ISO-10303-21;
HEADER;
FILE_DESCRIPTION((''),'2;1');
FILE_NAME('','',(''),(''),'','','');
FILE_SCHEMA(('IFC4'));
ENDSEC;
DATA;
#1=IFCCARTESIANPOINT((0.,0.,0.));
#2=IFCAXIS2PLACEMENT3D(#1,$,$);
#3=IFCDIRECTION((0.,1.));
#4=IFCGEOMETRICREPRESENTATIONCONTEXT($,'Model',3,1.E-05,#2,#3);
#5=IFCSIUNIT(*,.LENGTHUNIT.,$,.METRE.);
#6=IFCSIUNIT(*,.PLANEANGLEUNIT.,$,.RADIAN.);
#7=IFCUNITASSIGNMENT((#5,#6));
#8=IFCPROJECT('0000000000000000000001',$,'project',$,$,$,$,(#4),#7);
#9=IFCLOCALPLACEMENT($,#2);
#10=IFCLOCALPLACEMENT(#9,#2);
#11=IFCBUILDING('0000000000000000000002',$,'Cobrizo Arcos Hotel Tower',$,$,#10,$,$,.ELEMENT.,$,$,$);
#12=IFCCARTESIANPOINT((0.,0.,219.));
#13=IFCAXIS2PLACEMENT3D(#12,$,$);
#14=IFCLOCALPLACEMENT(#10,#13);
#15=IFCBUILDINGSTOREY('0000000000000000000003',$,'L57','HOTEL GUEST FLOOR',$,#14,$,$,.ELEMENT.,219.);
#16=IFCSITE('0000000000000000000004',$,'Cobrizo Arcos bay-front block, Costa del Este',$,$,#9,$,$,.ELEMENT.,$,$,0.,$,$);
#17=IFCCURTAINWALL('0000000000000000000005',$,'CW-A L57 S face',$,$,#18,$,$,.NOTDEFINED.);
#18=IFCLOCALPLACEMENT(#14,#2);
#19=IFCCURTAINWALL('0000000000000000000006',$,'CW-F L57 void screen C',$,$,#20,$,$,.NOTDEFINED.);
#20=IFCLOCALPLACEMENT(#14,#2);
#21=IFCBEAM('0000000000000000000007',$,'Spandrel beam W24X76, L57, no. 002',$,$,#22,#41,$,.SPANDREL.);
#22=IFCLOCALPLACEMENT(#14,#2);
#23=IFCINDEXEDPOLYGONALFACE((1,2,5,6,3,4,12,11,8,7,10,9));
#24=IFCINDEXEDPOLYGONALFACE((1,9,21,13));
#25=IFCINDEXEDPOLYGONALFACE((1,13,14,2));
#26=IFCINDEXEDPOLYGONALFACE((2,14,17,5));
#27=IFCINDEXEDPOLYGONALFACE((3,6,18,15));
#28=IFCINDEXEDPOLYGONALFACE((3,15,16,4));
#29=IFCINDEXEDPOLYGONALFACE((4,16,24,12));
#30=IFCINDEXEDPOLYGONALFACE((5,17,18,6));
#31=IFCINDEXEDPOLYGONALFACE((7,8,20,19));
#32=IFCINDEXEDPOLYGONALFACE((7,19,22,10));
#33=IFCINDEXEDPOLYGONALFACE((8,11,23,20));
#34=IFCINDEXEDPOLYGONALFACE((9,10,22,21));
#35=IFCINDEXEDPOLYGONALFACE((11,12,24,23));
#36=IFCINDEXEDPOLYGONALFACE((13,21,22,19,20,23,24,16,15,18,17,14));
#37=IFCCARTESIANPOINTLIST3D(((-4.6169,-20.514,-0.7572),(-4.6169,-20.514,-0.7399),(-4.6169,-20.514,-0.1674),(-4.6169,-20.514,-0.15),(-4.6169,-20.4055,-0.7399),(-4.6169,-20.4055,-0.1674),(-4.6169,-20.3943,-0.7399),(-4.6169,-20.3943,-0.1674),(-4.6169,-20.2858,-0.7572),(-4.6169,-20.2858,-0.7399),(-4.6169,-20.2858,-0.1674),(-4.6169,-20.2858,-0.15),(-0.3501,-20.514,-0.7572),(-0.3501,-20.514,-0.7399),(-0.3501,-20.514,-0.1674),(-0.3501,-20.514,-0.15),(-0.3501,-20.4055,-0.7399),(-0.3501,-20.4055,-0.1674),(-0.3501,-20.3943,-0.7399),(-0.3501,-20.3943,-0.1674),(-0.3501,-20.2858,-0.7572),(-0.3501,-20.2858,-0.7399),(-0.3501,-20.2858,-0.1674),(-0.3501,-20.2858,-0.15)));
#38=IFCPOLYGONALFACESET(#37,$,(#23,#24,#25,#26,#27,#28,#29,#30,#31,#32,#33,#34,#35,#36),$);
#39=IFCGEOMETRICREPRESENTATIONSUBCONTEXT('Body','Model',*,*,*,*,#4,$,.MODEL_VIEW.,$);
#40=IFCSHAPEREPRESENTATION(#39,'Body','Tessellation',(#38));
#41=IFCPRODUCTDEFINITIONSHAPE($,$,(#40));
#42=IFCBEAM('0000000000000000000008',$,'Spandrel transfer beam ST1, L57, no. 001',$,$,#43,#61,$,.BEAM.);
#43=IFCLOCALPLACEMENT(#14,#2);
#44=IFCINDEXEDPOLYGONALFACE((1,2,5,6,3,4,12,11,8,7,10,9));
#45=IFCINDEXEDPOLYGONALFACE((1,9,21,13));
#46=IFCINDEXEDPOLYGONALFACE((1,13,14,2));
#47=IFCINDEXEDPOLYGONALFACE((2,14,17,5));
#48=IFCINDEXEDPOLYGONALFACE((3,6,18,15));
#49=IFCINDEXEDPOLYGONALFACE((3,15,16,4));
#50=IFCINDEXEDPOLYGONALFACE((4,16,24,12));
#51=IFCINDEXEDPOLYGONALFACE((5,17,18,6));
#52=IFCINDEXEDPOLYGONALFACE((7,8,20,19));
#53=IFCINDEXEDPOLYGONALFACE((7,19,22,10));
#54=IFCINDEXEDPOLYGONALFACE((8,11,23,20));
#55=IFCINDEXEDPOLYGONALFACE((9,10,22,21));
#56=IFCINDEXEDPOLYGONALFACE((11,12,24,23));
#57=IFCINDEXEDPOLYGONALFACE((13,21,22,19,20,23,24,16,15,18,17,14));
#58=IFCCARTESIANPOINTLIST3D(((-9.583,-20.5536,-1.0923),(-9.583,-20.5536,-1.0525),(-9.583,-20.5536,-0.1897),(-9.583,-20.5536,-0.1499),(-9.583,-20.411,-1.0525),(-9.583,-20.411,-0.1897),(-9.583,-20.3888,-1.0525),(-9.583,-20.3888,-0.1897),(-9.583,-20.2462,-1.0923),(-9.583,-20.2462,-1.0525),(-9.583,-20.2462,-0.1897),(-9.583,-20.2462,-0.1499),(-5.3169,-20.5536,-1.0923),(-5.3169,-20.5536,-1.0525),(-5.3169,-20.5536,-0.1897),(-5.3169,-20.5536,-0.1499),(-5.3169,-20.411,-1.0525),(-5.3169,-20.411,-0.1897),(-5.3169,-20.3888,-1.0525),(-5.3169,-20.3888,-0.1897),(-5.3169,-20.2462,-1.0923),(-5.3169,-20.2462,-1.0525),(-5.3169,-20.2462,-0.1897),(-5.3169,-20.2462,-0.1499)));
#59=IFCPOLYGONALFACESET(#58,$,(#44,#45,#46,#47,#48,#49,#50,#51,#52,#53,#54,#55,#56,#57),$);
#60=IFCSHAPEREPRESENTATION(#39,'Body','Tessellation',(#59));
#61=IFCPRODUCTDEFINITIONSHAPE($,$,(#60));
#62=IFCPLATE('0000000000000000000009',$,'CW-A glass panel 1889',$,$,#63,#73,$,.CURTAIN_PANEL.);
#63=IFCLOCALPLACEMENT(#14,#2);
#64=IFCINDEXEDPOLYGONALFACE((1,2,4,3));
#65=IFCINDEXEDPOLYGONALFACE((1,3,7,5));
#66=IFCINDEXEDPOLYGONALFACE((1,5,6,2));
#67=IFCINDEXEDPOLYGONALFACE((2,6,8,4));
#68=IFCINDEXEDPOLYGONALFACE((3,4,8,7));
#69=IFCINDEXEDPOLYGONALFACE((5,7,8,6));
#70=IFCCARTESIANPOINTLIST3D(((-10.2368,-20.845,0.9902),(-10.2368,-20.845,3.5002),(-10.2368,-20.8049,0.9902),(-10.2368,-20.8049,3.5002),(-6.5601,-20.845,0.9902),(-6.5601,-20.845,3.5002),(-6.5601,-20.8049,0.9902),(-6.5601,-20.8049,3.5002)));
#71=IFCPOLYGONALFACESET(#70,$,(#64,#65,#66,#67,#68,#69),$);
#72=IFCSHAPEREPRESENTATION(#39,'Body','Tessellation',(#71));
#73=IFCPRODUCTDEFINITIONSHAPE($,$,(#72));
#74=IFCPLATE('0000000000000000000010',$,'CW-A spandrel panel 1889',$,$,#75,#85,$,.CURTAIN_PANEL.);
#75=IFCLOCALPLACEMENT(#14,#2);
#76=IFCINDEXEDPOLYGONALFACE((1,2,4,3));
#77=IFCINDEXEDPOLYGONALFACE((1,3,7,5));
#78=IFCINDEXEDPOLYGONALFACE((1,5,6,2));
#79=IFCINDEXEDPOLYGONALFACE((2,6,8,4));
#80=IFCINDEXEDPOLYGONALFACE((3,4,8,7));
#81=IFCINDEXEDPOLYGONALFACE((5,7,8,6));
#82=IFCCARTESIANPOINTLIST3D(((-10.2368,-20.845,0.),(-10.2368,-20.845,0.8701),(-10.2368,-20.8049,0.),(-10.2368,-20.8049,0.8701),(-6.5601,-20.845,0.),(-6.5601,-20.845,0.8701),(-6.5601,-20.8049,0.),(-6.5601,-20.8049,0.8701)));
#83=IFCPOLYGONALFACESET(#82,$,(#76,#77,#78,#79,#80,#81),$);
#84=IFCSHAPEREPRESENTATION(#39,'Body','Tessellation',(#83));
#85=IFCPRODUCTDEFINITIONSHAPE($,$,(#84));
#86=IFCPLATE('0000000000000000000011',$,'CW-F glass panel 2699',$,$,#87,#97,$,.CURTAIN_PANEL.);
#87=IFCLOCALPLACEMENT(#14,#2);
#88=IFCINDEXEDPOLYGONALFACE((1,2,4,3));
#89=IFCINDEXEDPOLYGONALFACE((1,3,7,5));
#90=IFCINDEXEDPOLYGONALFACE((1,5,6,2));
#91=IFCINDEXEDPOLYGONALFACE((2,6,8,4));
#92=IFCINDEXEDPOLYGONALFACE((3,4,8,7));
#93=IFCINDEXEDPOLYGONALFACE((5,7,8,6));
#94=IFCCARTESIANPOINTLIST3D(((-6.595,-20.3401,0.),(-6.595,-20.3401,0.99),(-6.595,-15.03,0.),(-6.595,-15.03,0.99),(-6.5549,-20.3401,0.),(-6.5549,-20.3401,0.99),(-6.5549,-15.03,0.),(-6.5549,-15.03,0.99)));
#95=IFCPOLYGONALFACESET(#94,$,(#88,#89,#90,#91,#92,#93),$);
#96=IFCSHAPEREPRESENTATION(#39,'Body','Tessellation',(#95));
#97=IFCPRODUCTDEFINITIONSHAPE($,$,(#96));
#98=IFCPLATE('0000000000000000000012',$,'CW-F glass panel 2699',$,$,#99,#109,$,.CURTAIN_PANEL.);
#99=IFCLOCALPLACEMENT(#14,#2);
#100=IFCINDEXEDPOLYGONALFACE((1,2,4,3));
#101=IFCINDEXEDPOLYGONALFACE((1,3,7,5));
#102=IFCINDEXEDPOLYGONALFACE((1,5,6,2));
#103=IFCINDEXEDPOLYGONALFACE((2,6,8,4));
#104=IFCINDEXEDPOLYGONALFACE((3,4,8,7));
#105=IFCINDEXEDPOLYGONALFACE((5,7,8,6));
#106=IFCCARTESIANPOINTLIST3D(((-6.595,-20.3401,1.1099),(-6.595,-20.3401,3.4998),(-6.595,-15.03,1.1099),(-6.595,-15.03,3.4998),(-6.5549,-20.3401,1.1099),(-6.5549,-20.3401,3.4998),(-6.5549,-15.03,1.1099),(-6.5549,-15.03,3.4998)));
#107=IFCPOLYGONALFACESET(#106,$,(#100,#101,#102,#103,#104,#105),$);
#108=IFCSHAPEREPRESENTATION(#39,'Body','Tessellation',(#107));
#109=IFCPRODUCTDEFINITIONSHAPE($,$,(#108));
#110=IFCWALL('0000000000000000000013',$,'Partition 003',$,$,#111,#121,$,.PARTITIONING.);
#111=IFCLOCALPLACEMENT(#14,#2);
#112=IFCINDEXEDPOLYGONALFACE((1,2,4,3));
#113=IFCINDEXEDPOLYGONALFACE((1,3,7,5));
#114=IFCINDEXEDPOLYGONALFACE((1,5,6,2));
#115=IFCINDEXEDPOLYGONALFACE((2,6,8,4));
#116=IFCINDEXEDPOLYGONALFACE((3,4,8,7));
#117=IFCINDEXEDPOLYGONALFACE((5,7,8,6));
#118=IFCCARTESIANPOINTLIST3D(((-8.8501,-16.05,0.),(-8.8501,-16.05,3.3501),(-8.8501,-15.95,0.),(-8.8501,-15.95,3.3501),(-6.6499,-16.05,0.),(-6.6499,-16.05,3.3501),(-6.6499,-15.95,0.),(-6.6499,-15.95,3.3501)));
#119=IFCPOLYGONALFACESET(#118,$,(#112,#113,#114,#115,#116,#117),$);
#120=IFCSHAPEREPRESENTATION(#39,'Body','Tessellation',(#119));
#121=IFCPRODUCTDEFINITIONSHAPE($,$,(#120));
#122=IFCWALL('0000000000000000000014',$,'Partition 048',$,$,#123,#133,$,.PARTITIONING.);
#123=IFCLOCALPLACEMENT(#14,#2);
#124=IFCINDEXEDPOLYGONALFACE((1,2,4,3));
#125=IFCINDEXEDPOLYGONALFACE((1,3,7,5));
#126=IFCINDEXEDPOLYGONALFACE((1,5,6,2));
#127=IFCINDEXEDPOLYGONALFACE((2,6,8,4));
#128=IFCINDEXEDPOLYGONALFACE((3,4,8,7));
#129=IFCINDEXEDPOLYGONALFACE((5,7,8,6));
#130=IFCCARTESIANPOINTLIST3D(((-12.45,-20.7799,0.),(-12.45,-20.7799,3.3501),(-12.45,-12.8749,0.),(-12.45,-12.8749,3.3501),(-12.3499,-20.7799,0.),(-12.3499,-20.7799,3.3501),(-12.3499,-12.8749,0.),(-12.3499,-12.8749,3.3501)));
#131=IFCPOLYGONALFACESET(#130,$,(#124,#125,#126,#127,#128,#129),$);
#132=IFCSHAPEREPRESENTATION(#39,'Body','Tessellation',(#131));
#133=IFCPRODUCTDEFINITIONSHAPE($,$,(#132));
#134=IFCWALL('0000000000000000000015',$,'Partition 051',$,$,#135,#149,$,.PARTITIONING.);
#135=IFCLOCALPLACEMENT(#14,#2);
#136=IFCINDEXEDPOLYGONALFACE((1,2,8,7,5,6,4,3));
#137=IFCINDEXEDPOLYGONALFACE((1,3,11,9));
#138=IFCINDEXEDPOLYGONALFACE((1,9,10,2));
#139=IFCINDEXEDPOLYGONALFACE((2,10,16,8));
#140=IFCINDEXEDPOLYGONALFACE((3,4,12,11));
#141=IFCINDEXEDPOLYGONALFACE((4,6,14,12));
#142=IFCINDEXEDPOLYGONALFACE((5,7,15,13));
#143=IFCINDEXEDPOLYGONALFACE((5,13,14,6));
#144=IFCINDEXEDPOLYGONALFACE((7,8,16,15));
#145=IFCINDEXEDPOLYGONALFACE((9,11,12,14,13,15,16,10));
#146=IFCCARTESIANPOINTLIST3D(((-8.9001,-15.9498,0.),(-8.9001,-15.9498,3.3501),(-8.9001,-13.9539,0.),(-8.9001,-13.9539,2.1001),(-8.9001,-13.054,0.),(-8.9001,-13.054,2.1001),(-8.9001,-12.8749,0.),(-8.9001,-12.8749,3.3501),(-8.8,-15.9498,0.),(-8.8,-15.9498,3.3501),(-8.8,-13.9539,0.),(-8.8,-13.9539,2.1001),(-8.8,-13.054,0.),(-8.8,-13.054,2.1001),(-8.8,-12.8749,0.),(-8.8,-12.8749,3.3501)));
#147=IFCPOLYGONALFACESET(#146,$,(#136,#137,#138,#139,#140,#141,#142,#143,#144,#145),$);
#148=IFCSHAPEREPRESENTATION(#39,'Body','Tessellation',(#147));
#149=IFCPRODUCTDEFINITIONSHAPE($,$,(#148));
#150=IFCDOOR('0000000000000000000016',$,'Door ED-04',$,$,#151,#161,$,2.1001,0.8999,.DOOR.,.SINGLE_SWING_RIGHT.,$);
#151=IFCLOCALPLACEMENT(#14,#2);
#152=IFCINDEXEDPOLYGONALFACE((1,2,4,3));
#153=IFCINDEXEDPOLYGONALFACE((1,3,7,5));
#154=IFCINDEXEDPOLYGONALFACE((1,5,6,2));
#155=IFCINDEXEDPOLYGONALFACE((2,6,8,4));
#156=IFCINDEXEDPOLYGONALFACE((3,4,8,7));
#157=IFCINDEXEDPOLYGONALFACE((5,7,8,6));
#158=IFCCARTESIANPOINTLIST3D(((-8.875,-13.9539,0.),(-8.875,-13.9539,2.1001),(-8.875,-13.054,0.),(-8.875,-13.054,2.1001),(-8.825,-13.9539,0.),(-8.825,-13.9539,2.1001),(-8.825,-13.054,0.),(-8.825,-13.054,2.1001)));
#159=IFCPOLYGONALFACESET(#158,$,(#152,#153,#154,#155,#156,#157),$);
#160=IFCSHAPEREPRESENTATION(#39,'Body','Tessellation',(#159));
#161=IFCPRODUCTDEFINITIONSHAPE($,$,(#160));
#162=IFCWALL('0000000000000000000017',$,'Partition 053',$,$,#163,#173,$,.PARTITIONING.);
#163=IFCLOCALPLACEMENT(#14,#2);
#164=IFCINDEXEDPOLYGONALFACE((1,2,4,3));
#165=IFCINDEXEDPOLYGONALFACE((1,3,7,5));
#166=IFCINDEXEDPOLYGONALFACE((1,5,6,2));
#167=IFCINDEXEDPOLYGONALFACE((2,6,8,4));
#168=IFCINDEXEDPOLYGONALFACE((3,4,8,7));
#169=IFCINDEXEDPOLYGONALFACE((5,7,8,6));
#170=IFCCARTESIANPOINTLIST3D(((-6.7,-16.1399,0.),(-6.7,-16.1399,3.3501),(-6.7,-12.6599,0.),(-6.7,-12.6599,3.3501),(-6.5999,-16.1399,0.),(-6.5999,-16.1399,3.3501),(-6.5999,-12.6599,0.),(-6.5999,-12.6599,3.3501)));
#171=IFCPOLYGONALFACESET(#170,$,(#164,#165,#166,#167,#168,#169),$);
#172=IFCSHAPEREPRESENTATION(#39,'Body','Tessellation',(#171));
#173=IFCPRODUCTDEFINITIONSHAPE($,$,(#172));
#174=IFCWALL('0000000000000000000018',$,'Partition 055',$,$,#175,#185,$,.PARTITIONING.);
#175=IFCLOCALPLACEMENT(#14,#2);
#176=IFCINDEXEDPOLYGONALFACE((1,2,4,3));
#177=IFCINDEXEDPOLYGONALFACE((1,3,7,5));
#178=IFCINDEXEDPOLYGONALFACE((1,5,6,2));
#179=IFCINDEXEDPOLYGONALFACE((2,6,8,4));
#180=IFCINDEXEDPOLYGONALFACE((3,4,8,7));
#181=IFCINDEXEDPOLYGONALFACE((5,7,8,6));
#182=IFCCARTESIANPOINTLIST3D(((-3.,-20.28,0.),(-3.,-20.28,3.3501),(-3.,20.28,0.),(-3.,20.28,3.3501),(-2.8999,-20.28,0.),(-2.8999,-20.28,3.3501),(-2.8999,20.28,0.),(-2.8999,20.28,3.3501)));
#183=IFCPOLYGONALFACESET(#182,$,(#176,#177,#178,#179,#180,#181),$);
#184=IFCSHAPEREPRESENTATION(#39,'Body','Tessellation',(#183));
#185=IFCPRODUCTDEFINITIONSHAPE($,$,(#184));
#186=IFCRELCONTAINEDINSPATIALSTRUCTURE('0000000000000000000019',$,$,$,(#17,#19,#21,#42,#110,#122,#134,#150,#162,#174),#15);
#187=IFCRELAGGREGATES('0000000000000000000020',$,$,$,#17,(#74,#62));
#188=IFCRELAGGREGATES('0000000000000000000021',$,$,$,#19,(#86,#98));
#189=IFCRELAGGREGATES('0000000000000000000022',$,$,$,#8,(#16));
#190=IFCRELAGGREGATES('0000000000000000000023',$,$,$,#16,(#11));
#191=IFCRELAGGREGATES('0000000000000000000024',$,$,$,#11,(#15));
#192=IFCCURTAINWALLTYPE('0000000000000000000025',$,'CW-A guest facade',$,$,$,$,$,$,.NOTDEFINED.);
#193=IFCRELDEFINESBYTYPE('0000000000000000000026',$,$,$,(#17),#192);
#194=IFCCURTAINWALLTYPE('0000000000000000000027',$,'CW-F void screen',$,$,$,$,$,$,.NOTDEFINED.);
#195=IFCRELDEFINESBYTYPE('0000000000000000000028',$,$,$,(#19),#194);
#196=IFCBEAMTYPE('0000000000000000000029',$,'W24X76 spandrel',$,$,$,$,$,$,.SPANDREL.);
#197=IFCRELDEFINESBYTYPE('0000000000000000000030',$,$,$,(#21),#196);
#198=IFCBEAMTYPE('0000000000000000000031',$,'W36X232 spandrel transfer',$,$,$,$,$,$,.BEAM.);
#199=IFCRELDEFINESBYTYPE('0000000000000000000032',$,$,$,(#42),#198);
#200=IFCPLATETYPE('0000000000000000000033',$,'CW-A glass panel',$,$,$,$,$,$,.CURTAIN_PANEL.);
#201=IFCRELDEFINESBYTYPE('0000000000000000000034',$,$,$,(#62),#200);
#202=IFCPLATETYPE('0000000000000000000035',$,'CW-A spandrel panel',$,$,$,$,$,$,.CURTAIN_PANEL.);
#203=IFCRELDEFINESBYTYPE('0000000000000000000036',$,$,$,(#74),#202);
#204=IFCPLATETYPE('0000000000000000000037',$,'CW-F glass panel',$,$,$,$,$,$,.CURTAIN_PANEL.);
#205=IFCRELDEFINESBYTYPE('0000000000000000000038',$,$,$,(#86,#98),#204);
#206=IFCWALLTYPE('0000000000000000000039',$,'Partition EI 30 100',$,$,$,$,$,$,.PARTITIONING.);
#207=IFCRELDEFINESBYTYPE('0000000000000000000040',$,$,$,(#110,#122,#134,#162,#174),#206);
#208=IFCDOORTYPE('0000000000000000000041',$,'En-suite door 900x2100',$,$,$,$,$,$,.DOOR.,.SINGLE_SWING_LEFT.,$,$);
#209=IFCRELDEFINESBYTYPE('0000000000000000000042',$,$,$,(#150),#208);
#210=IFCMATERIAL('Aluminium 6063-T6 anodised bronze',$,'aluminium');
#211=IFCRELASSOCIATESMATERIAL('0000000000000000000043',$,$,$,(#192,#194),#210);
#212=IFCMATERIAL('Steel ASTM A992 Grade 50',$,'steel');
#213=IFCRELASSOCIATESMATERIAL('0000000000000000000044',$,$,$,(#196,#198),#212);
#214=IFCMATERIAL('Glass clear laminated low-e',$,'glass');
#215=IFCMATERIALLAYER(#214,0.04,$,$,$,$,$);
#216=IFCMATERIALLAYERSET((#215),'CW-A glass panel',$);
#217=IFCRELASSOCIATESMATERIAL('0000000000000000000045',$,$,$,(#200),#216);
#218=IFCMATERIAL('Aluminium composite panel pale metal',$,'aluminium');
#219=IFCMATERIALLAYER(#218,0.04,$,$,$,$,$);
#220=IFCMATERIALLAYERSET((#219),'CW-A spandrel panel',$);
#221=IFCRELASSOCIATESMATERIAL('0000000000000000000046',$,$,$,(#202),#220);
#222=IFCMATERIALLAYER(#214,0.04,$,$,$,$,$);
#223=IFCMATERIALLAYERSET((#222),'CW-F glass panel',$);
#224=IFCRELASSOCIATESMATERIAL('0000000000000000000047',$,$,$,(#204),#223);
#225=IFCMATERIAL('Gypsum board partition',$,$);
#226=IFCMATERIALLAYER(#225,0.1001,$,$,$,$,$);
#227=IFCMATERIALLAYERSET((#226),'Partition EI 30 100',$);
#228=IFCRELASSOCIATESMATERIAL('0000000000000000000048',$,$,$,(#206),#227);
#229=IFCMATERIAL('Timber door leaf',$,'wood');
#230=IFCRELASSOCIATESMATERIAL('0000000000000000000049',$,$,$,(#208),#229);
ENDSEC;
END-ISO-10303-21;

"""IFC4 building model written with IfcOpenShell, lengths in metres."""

from ifc_helpers import new_model, si_unit, direction, frame, frame_2d, origin, origin_2d, place, context, subcontext, project, spatial, rectangle, i_section, extrude, material, layer, layer_set, material_profile, profile_set, type_object, element, fill, aggregate, save


model = new_model("IFC4")

# Units and contexts
model_context = context("Model", 3, precision=1e-05, world=origin(), true_north=direction((0.0, 1.0)))
body_context = subcontext(model_context, "Body", "Model", "MODEL_VIEW")
ifc_project = project(units=[si_unit("LENGTHUNIT", "METRE"), si_unit("PLANEANGLEUNIT", "RADIAN")], contexts=[model_context])

# Site, building, storey
site_placement = place(None, origin())
site = spatial("IfcSite", under=ifc_project, at=site_placement, Name="Cobrizo Arcos bay-front block, Costa del Este", CompositionType="ELEMENT", RefElevation=0.0)
building_placement = place(site_placement, origin())
building = spatial("IfcBuilding", under=site, at=building_placement, Name="Cobrizo Arcos Hotel Tower", CompositionType="ELEMENT")
storey_placement = place(building_placement, frame((0.0, 0.0, 219.0)))
storey = spatial("IfcBuildingStorey", under=building, at=storey_placement, Name="L57", Description="HOTEL GUEST FLOOR", CompositionType="ELEMENT", Elevation=219.0)

# Curtain walls
ifc_material_1 = material(Name="Aluminium 6063-T6 anodised bronze", Category="aluminium")
curtain_wall_type_1 = type_object("IfcCurtainWallType", Name="CW-A guest facade", PredefinedType="NOTDEFINED", material=ifc_material_1)
curtain_wall_1_placement = place(storey_placement, origin())
curtain_wall_1 = element("IfcCurtainWall", 1, at=curtain_wall_1_placement, inside=storey, type_object=curtain_wall_type_1, Name="CW-A L57 S face", PredefinedType="NOTDEFINED")
curtain_wall_type_2 = type_object("IfcCurtainWallType", Name="CW-F void screen", PredefinedType="NOTDEFINED", material=ifc_material_1)
curtain_wall_2_placement = place(storey_placement, origin())
curtain_wall_2 = element("IfcCurtainWall", 2, at=curtain_wall_2_placement, inside=storey, type_object=curtain_wall_type_2, Name="CW-F L57 void screen C", PredefinedType="NOTDEFINED")

# Beams
ifc_material_2 = material(Name="Steel ASTM A992 Grade 50", Category="steel")
ifc_material_profile_1 = material_profile(ifc_material_2, i_section(OverallWidth=0.2283, OverallDepth=0.6072, WebThickness=0.0112, FlangeThickness=0.0173, at=origin_2d()), Name="W24X76")
ifc_profile_set_1 = profile_set([ifc_material_profile_1], Name="Steel ASTM A992 Grade 50")
beam_type_1 = type_object("IfcBeamType", Name="W24X76 spandrel", PredefinedType="SPANDREL", material=ifc_profile_set_1)
beam_1_placement = place(storey_placement, frame((-4.6169, -20.3999, -0.4536), z_axis=(1.0, 0.0, 0.0), x_axis=(0.0, 1.0, 0.0)))
element("IfcBeam", 3, at=beam_1_placement, inside=storey, type_object=beam_type_1, Name="Spandrel beam W24X76, L57, no. 002", PredefinedType="SPANDREL", context=body_context, shape_type="SweptSolid", body=[
    extrude(i_section(OverallWidth=0.2283, OverallDepth=0.6072, WebThickness=0.0112, FlangeThickness=0.0173, at=origin_2d()), origin(), (0.0, 0.0, 1.0), 4.2668),
])
ifc_material_profile_2 = material_profile(ifc_material_2, i_section(OverallWidth=0.3074, OverallDepth=0.9424, WebThickness=0.0222, FlangeThickness=0.0398, at=origin_2d()), Name="W36X232")
ifc_profile_set_2 = profile_set([ifc_material_profile_2], Name="Steel ASTM A992 Grade 50")
beam_type_2 = type_object("IfcBeamType", Name="W36X232 spandrel transfer", PredefinedType="BEAM", material=ifc_profile_set_2)
beam_2_placement = place(storey_placement, frame((-9.583, -20.3999, -0.6211), z_axis=(1.0, 0.0, 0.0), x_axis=(0.0, 1.0, 0.0)))
element("IfcBeam", 4, at=beam_2_placement, inside=storey, type_object=beam_type_2, Name="Spandrel transfer beam ST1, L57, no. 001", PredefinedType="BEAM", context=body_context, shape_type="SweptSolid", body=[
    extrude(i_section(OverallWidth=0.3074, OverallDepth=0.9424, WebThickness=0.0222, FlangeThickness=0.0398, at=origin_2d()), origin(), (0.0, 0.0, 1.0), 4.2661),
])

# Plates
ifc_material_3 = material(Name="Glass clear laminated low-e", Category="glass")
ifc_layer_1 = layer(ifc_material_3, 0.04)
ifc_layer_set_1 = layer_set([ifc_layer_1], Name="CW-A glass panel")
plate_type_1 = type_object("IfcPlateType", Name="CW-A glass panel", PredefinedType="CURTAIN_PANEL", material=ifc_layer_set_1)
plate_1_placement = place(storey_placement, frame((-8.3984, -20.825, 0.9902), z_axis=(0.0, 0.0, 1.0), x_axis=(1.0, 0.0, 0.0)))
plate_1 = element("IfcPlate", 5, at=plate_1_placement, type_object=plate_type_1, Name="CW-A glass panel 1889", PredefinedType="CURTAIN_PANEL", context=body_context, shape_type="SweptSolid", body=[
    extrude(rectangle(XDim=3.6768, YDim=0.04, at=origin_2d()), origin(), (0.0, 0.0, 1.0), 2.51),
])
ifc_material_4 = material(Name="Aluminium composite panel pale metal", Category="aluminium")
ifc_layer_2 = layer(ifc_material_4, 0.04)
ifc_layer_set_2 = layer_set([ifc_layer_2], Name="CW-A spandrel panel")
plate_type_2 = type_object("IfcPlateType", Name="CW-A spandrel panel", PredefinedType="CURTAIN_PANEL", material=ifc_layer_set_2)
plate_2_placement = place(storey_placement, frame((-8.3984, -20.825, 0.0), z_axis=(0.0, 0.0, 1.0), x_axis=(1.0, 0.0, 0.0)))
plate_2 = element("IfcPlate", 6, at=plate_2_placement, type_object=plate_type_2, Name="CW-A spandrel panel 1889", PredefinedType="CURTAIN_PANEL", context=body_context, shape_type="SweptSolid", body=[
    extrude(rectangle(XDim=3.6768, YDim=0.04, at=origin_2d()), origin(), (0.0, 0.0, 1.0), 0.8701),
])
aggregate(curtain_wall_1, [plate_2, plate_1])
ifc_layer_3 = layer(ifc_material_3, 0.04)
ifc_layer_set_3 = layer_set([ifc_layer_3], Name="CW-F glass panel")
plate_type_3 = type_object("IfcPlateType", Name="CW-F glass panel", PredefinedType="CURTAIN_PANEL", material=ifc_layer_set_3)
plate_3_placement = place(storey_placement, frame((-6.575, -17.6851, 0.0), z_axis=(0.0, 0.0, 1.0), x_axis=(0.0, -1.0, 0.0)))
plate_3 = element("IfcPlate", 7, at=plate_3_placement, type_object=plate_type_3, Name="CW-F glass panel 2699", PredefinedType="CURTAIN_PANEL", context=body_context, shape_type="SweptSolid", body=[
    extrude(rectangle(XDim=5.3101, YDim=0.04, at=origin_2d()), origin(), (0.0, 0.0, 1.0), 0.99),
])
plate_4_placement = place(storey_placement, frame((-6.575, -17.6851, 1.1099), z_axis=(0.0, 0.0, 1.0), x_axis=(0.0, -1.0, 0.0)))
plate_4 = element("IfcPlate", 8, at=plate_4_placement, type_object=plate_type_3, Name="CW-F glass panel 2699", PredefinedType="CURTAIN_PANEL", context=body_context, shape_type="SweptSolid", body=[
    extrude(rectangle(XDim=5.3101, YDim=0.04, at=origin_2d()), origin(), (0.0, 0.0, 1.0), 2.3899),
])
aggregate(curtain_wall_2, [plate_3, plate_4])

# Walls
ifc_material_5 = material(Name="Gypsum board partition")
ifc_layer_4 = layer(ifc_material_5, 0.1001)
ifc_layer_set_4 = layer_set([ifc_layer_4], Name="Partition EI 30 100")
wall_type = type_object("IfcWallType", Name="Partition EI 30 100", PredefinedType="PARTITIONING", material=ifc_layer_set_4)
wall_1_placement = place(storey_placement, frame((-8.8501, -16.0, 0.0), z_axis=(0.0, 0.0, 1.0), x_axis=(1.0, 0.0, 0.0)))
element("IfcWall", 9, at=wall_1_placement, inside=storey, type_object=wall_type, Name="Partition 003", PredefinedType="PARTITIONING", context=body_context, shape_type="SweptSolid", body=[
    extrude(rectangle(XDim=2.2002, YDim=0.1001, at=frame_2d((1.1001, 0.0))), origin(), (0.0, 0.0, 1.0), 3.3501),
])
wall_2_placement = place(storey_placement, frame((-12.3999, -20.78, 0.0), z_axis=(0.0, 0.0, 1.0), x_axis=(0.0, 1.0, 0.0)))
element("IfcWall", 10, at=wall_2_placement, inside=storey, type_object=wall_type, Name="Partition 048", PredefinedType="PARTITIONING", context=body_context, shape_type="SweptSolid", body=[
    extrude(rectangle(XDim=7.905, YDim=0.1001, at=frame_2d((3.9526, 0.0))), origin(), (0.0, 0.0, 1.0), 3.3501),
])

# Wall, opening, door
wall_3_placement = place(storey_placement, frame((-8.8501, -15.95, 0.0), z_axis=(0.0, 0.0, 1.0), x_axis=(0.0, 1.0, 0.0)))
wall_3 = element("IfcWall", 11, at=wall_3_placement, inside=storey, type_object=wall_type, Name="Partition 051", PredefinedType="PARTITIONING", context=body_context, shape_type="SweptSolid", body=[
    extrude(rectangle(XDim=3.075, YDim=0.1001, at=frame_2d((1.5376, 0.0))), origin(), (0.0, 0.0, 1.0), 3.3501),
])
opening_placement = place(wall_3_placement, frame((1.9961, 0.0, 0.0)))
opening = element("IfcOpeningElement", 12, at=opening_placement, cuts=wall_3, PredefinedType="OPENING", context=body_context, shape_type="SweptSolid", body=[
    extrude(rectangle(XDim=0.8999, YDim=2.1001, at=frame_2d((0.45, 1.05))), frame((0.0, 0.062, 0.0), z_axis=(0.0, -1.0, 0.0), x_axis=(1.0, 0.0, 0.0)), (0.0, 0.0, 1.0), 0.124),
])
ifc_material_6 = material(Name="Timber door leaf", Category="wood")
door_type = type_object("IfcDoorType", Name="En-suite door 900x2100", OperationType="SINGLE_SWING_LEFT", PredefinedType="DOOR", material=ifc_material_6)
door_placement = place(opening_placement, origin())
door = element("IfcDoor", 13, at=door_placement, inside=storey, type_object=door_type, Name="Door ED-04", OperationType="SINGLE_SWING_RIGHT", OverallHeight=2.1001, OverallWidth=0.8999, PredefinedType="DOOR", context=body_context, shape_type="SweptSolid", body=[
    extrude(rectangle(XDim=0.8999, YDim=2.1001, at=frame_2d((0.45, 1.05))), frame((0.0, 0.0249, 0.0), z_axis=(0.0, -1.0, 0.0), x_axis=(1.0, 0.0, 0.0)), (0.0, 0.0, 1.0), 0.05),
])
fill(opening, door)

# Walls
wall_4_placement = place(storey_placement, frame((-6.6499, -16.1399, 0.0), z_axis=(0.0, 0.0, 1.0), x_axis=(0.0, 1.0, 0.0)))
element("IfcWall", 14, at=wall_4_placement, inside=storey, type_object=wall_type, Name="Partition 053", PredefinedType="PARTITIONING", context=body_context, shape_type="SweptSolid", body=[
    extrude(rectangle(XDim=3.48, YDim=0.1001, at=frame_2d((1.74, 0.0))), origin(), (0.0, 0.0, 1.0), 3.3501),
])
wall_5_placement = place(storey_placement, frame((-2.95, -20.28, 0.0), z_axis=(0.0, 0.0, 1.0), x_axis=(0.0, 1.0, 0.0)))
element("IfcWall", 15, at=wall_5_placement, inside=storey, type_object=wall_type, Name="Partition 055", PredefinedType="PARTITIONING", context=body_context, shape_type="SweptSolid", body=[
    extrude(rectangle(XDim=40.5601, YDim=0.1001, at=frame_2d((20.28, 0.0))), origin(), (0.0, 0.0, 1.0), 3.3501),
])

save(model, "model.ifc")
